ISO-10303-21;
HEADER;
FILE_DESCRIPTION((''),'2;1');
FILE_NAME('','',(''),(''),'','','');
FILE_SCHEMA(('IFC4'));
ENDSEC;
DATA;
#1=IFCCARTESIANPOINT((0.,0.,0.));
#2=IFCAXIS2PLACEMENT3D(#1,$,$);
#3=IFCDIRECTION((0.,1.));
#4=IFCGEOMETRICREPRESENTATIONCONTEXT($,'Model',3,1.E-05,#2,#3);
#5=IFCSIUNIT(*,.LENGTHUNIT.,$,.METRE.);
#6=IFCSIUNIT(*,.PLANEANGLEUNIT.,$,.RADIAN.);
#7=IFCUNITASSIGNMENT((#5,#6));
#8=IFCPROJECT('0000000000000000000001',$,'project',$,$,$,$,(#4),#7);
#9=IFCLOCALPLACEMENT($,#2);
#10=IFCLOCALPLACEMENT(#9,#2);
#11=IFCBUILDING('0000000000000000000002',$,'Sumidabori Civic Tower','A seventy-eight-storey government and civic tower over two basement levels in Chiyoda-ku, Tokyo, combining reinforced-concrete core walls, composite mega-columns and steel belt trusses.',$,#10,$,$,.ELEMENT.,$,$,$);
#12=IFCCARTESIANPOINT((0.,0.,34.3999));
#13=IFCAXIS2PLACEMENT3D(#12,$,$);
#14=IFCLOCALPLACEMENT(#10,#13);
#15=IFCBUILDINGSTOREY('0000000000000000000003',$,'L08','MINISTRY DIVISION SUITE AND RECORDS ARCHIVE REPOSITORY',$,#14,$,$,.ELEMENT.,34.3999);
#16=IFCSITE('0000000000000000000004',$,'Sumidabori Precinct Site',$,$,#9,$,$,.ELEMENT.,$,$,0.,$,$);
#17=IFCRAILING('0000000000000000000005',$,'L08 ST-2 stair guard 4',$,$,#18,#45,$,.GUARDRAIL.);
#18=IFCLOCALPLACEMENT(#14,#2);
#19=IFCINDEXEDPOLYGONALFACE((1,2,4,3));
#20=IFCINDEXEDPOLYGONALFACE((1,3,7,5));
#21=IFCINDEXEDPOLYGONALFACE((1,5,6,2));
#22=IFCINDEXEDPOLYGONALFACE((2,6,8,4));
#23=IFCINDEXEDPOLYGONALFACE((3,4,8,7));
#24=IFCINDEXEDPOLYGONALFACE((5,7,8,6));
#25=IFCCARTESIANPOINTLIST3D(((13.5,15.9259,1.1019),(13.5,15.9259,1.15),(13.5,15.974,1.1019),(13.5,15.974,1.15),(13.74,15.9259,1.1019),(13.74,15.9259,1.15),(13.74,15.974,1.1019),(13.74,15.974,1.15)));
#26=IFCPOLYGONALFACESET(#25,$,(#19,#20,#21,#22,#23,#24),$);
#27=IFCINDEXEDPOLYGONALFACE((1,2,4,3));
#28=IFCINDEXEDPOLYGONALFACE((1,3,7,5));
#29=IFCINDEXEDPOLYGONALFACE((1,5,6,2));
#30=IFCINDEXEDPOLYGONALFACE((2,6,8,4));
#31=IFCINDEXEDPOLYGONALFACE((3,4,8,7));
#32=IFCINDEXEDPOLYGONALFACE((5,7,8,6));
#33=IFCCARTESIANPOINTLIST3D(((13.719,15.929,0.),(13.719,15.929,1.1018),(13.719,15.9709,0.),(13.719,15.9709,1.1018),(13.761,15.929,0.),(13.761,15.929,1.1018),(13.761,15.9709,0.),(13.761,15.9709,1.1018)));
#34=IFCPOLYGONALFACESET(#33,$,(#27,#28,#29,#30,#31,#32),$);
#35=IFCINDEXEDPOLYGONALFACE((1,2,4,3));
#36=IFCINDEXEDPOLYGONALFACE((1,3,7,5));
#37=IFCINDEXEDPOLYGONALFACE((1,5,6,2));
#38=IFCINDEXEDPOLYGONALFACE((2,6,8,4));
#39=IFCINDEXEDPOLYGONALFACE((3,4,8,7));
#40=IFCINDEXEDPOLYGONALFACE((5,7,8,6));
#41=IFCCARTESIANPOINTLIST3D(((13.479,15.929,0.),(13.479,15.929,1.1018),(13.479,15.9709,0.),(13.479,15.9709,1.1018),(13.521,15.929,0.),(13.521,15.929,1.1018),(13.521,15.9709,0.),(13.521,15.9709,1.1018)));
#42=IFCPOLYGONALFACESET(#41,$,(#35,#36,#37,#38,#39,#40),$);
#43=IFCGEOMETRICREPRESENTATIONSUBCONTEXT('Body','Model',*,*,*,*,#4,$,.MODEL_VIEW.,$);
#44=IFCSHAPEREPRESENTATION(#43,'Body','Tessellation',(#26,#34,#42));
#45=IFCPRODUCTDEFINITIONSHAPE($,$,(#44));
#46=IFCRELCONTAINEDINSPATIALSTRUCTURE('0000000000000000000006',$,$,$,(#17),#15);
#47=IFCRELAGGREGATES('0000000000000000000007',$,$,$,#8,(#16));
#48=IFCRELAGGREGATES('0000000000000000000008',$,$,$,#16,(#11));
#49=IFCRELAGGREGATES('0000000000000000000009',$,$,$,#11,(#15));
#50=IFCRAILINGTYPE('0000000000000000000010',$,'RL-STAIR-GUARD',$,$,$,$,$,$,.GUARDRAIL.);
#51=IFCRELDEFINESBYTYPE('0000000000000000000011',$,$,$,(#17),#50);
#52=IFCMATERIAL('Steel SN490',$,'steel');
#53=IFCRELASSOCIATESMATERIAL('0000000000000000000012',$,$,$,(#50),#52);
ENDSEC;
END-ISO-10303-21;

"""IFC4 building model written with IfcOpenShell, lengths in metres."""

from ifc_helpers import new_model, si_unit, direction, frame, origin, origin_2d, place, context, subcontext, project, spatial, rectangle, extrude, material, type_object, element, save


model = new_model("IFC4")

# Units and contexts
model_context = context("Model", 3, precision=1e-05, world=origin(), true_north=direction((0.0, 1.0)))
body_context = subcontext(model_context, "Body", "Model", "MODEL_VIEW")
ifc_project = project(units=[si_unit("LENGTHUNIT", "METRE"), si_unit("PLANEANGLEUNIT", "RADIAN")], contexts=[model_context])

# Site, building, storey
site_placement = place(None, origin())
site = spatial("IfcSite", under=ifc_project, at=site_placement, Name="Sumidabori Precinct Site", CompositionType="ELEMENT", RefElevation=0.0)
building_placement = place(site_placement, origin())
building = spatial("IfcBuilding", under=site, at=building_placement, Name="Sumidabori Civic Tower", Description="A seventy-eight-storey government and civic tower over two basement levels in Chiyoda-ku, Tokyo, combining reinforced-concrete core walls, composite mega-columns and steel belt trusses.", CompositionType="ELEMENT")
storey_placement = place(building_placement, frame((0.0, 0.0, 34.3999)))
storey = spatial("IfcBuildingStorey", under=building, at=storey_placement, Name="L08", Description="MINISTRY DIVISION SUITE AND RECORDS ARCHIVE REPOSITORY", CompositionType="ELEMENT", Elevation=34.3999)

# Shared definitions
ifc_material_1 = material(Name="Steel SN490", Category="steel")

# Railing
railing_type_1 = type_object("IfcRailingType", Name="RL-STAIR-GUARD", PredefinedType="GUARDRAIL", material=ifc_material_1)
railing_1_placement = place(storey_placement, frame((13.74, 15.95, 0.0)))
element("IfcRailing", 1, at=railing_1_placement, inside=storey, type_object=railing_type_1, Name="L08 ST-2 stair guard 4", PredefinedType="GUARDRAIL", context=body_context, shape_type="SweptSolid", body=[
    extrude(rectangle(XDim=0.0481, YDim=0.0481, at=origin_2d()), frame((0.0, 0.0, 1.126), z_axis=(-1.0, 0.0, 0.0), x_axis=(0.0, -1.0, 0.0)), (0.0, 0.0, 1.0), 0.24),
    extrude(rectangle(XDim=0.042, YDim=0.042, at=origin_2d()), origin(), (0.0, 0.0, 1.0), 1.1018),
    extrude(rectangle(XDim=0.042, YDim=0.042, at=origin_2d()), frame((-0.24, 0.0, 0.0)), (0.0, 0.0, 1.0), 1.1018),
])

save(model, "model.ifc")
